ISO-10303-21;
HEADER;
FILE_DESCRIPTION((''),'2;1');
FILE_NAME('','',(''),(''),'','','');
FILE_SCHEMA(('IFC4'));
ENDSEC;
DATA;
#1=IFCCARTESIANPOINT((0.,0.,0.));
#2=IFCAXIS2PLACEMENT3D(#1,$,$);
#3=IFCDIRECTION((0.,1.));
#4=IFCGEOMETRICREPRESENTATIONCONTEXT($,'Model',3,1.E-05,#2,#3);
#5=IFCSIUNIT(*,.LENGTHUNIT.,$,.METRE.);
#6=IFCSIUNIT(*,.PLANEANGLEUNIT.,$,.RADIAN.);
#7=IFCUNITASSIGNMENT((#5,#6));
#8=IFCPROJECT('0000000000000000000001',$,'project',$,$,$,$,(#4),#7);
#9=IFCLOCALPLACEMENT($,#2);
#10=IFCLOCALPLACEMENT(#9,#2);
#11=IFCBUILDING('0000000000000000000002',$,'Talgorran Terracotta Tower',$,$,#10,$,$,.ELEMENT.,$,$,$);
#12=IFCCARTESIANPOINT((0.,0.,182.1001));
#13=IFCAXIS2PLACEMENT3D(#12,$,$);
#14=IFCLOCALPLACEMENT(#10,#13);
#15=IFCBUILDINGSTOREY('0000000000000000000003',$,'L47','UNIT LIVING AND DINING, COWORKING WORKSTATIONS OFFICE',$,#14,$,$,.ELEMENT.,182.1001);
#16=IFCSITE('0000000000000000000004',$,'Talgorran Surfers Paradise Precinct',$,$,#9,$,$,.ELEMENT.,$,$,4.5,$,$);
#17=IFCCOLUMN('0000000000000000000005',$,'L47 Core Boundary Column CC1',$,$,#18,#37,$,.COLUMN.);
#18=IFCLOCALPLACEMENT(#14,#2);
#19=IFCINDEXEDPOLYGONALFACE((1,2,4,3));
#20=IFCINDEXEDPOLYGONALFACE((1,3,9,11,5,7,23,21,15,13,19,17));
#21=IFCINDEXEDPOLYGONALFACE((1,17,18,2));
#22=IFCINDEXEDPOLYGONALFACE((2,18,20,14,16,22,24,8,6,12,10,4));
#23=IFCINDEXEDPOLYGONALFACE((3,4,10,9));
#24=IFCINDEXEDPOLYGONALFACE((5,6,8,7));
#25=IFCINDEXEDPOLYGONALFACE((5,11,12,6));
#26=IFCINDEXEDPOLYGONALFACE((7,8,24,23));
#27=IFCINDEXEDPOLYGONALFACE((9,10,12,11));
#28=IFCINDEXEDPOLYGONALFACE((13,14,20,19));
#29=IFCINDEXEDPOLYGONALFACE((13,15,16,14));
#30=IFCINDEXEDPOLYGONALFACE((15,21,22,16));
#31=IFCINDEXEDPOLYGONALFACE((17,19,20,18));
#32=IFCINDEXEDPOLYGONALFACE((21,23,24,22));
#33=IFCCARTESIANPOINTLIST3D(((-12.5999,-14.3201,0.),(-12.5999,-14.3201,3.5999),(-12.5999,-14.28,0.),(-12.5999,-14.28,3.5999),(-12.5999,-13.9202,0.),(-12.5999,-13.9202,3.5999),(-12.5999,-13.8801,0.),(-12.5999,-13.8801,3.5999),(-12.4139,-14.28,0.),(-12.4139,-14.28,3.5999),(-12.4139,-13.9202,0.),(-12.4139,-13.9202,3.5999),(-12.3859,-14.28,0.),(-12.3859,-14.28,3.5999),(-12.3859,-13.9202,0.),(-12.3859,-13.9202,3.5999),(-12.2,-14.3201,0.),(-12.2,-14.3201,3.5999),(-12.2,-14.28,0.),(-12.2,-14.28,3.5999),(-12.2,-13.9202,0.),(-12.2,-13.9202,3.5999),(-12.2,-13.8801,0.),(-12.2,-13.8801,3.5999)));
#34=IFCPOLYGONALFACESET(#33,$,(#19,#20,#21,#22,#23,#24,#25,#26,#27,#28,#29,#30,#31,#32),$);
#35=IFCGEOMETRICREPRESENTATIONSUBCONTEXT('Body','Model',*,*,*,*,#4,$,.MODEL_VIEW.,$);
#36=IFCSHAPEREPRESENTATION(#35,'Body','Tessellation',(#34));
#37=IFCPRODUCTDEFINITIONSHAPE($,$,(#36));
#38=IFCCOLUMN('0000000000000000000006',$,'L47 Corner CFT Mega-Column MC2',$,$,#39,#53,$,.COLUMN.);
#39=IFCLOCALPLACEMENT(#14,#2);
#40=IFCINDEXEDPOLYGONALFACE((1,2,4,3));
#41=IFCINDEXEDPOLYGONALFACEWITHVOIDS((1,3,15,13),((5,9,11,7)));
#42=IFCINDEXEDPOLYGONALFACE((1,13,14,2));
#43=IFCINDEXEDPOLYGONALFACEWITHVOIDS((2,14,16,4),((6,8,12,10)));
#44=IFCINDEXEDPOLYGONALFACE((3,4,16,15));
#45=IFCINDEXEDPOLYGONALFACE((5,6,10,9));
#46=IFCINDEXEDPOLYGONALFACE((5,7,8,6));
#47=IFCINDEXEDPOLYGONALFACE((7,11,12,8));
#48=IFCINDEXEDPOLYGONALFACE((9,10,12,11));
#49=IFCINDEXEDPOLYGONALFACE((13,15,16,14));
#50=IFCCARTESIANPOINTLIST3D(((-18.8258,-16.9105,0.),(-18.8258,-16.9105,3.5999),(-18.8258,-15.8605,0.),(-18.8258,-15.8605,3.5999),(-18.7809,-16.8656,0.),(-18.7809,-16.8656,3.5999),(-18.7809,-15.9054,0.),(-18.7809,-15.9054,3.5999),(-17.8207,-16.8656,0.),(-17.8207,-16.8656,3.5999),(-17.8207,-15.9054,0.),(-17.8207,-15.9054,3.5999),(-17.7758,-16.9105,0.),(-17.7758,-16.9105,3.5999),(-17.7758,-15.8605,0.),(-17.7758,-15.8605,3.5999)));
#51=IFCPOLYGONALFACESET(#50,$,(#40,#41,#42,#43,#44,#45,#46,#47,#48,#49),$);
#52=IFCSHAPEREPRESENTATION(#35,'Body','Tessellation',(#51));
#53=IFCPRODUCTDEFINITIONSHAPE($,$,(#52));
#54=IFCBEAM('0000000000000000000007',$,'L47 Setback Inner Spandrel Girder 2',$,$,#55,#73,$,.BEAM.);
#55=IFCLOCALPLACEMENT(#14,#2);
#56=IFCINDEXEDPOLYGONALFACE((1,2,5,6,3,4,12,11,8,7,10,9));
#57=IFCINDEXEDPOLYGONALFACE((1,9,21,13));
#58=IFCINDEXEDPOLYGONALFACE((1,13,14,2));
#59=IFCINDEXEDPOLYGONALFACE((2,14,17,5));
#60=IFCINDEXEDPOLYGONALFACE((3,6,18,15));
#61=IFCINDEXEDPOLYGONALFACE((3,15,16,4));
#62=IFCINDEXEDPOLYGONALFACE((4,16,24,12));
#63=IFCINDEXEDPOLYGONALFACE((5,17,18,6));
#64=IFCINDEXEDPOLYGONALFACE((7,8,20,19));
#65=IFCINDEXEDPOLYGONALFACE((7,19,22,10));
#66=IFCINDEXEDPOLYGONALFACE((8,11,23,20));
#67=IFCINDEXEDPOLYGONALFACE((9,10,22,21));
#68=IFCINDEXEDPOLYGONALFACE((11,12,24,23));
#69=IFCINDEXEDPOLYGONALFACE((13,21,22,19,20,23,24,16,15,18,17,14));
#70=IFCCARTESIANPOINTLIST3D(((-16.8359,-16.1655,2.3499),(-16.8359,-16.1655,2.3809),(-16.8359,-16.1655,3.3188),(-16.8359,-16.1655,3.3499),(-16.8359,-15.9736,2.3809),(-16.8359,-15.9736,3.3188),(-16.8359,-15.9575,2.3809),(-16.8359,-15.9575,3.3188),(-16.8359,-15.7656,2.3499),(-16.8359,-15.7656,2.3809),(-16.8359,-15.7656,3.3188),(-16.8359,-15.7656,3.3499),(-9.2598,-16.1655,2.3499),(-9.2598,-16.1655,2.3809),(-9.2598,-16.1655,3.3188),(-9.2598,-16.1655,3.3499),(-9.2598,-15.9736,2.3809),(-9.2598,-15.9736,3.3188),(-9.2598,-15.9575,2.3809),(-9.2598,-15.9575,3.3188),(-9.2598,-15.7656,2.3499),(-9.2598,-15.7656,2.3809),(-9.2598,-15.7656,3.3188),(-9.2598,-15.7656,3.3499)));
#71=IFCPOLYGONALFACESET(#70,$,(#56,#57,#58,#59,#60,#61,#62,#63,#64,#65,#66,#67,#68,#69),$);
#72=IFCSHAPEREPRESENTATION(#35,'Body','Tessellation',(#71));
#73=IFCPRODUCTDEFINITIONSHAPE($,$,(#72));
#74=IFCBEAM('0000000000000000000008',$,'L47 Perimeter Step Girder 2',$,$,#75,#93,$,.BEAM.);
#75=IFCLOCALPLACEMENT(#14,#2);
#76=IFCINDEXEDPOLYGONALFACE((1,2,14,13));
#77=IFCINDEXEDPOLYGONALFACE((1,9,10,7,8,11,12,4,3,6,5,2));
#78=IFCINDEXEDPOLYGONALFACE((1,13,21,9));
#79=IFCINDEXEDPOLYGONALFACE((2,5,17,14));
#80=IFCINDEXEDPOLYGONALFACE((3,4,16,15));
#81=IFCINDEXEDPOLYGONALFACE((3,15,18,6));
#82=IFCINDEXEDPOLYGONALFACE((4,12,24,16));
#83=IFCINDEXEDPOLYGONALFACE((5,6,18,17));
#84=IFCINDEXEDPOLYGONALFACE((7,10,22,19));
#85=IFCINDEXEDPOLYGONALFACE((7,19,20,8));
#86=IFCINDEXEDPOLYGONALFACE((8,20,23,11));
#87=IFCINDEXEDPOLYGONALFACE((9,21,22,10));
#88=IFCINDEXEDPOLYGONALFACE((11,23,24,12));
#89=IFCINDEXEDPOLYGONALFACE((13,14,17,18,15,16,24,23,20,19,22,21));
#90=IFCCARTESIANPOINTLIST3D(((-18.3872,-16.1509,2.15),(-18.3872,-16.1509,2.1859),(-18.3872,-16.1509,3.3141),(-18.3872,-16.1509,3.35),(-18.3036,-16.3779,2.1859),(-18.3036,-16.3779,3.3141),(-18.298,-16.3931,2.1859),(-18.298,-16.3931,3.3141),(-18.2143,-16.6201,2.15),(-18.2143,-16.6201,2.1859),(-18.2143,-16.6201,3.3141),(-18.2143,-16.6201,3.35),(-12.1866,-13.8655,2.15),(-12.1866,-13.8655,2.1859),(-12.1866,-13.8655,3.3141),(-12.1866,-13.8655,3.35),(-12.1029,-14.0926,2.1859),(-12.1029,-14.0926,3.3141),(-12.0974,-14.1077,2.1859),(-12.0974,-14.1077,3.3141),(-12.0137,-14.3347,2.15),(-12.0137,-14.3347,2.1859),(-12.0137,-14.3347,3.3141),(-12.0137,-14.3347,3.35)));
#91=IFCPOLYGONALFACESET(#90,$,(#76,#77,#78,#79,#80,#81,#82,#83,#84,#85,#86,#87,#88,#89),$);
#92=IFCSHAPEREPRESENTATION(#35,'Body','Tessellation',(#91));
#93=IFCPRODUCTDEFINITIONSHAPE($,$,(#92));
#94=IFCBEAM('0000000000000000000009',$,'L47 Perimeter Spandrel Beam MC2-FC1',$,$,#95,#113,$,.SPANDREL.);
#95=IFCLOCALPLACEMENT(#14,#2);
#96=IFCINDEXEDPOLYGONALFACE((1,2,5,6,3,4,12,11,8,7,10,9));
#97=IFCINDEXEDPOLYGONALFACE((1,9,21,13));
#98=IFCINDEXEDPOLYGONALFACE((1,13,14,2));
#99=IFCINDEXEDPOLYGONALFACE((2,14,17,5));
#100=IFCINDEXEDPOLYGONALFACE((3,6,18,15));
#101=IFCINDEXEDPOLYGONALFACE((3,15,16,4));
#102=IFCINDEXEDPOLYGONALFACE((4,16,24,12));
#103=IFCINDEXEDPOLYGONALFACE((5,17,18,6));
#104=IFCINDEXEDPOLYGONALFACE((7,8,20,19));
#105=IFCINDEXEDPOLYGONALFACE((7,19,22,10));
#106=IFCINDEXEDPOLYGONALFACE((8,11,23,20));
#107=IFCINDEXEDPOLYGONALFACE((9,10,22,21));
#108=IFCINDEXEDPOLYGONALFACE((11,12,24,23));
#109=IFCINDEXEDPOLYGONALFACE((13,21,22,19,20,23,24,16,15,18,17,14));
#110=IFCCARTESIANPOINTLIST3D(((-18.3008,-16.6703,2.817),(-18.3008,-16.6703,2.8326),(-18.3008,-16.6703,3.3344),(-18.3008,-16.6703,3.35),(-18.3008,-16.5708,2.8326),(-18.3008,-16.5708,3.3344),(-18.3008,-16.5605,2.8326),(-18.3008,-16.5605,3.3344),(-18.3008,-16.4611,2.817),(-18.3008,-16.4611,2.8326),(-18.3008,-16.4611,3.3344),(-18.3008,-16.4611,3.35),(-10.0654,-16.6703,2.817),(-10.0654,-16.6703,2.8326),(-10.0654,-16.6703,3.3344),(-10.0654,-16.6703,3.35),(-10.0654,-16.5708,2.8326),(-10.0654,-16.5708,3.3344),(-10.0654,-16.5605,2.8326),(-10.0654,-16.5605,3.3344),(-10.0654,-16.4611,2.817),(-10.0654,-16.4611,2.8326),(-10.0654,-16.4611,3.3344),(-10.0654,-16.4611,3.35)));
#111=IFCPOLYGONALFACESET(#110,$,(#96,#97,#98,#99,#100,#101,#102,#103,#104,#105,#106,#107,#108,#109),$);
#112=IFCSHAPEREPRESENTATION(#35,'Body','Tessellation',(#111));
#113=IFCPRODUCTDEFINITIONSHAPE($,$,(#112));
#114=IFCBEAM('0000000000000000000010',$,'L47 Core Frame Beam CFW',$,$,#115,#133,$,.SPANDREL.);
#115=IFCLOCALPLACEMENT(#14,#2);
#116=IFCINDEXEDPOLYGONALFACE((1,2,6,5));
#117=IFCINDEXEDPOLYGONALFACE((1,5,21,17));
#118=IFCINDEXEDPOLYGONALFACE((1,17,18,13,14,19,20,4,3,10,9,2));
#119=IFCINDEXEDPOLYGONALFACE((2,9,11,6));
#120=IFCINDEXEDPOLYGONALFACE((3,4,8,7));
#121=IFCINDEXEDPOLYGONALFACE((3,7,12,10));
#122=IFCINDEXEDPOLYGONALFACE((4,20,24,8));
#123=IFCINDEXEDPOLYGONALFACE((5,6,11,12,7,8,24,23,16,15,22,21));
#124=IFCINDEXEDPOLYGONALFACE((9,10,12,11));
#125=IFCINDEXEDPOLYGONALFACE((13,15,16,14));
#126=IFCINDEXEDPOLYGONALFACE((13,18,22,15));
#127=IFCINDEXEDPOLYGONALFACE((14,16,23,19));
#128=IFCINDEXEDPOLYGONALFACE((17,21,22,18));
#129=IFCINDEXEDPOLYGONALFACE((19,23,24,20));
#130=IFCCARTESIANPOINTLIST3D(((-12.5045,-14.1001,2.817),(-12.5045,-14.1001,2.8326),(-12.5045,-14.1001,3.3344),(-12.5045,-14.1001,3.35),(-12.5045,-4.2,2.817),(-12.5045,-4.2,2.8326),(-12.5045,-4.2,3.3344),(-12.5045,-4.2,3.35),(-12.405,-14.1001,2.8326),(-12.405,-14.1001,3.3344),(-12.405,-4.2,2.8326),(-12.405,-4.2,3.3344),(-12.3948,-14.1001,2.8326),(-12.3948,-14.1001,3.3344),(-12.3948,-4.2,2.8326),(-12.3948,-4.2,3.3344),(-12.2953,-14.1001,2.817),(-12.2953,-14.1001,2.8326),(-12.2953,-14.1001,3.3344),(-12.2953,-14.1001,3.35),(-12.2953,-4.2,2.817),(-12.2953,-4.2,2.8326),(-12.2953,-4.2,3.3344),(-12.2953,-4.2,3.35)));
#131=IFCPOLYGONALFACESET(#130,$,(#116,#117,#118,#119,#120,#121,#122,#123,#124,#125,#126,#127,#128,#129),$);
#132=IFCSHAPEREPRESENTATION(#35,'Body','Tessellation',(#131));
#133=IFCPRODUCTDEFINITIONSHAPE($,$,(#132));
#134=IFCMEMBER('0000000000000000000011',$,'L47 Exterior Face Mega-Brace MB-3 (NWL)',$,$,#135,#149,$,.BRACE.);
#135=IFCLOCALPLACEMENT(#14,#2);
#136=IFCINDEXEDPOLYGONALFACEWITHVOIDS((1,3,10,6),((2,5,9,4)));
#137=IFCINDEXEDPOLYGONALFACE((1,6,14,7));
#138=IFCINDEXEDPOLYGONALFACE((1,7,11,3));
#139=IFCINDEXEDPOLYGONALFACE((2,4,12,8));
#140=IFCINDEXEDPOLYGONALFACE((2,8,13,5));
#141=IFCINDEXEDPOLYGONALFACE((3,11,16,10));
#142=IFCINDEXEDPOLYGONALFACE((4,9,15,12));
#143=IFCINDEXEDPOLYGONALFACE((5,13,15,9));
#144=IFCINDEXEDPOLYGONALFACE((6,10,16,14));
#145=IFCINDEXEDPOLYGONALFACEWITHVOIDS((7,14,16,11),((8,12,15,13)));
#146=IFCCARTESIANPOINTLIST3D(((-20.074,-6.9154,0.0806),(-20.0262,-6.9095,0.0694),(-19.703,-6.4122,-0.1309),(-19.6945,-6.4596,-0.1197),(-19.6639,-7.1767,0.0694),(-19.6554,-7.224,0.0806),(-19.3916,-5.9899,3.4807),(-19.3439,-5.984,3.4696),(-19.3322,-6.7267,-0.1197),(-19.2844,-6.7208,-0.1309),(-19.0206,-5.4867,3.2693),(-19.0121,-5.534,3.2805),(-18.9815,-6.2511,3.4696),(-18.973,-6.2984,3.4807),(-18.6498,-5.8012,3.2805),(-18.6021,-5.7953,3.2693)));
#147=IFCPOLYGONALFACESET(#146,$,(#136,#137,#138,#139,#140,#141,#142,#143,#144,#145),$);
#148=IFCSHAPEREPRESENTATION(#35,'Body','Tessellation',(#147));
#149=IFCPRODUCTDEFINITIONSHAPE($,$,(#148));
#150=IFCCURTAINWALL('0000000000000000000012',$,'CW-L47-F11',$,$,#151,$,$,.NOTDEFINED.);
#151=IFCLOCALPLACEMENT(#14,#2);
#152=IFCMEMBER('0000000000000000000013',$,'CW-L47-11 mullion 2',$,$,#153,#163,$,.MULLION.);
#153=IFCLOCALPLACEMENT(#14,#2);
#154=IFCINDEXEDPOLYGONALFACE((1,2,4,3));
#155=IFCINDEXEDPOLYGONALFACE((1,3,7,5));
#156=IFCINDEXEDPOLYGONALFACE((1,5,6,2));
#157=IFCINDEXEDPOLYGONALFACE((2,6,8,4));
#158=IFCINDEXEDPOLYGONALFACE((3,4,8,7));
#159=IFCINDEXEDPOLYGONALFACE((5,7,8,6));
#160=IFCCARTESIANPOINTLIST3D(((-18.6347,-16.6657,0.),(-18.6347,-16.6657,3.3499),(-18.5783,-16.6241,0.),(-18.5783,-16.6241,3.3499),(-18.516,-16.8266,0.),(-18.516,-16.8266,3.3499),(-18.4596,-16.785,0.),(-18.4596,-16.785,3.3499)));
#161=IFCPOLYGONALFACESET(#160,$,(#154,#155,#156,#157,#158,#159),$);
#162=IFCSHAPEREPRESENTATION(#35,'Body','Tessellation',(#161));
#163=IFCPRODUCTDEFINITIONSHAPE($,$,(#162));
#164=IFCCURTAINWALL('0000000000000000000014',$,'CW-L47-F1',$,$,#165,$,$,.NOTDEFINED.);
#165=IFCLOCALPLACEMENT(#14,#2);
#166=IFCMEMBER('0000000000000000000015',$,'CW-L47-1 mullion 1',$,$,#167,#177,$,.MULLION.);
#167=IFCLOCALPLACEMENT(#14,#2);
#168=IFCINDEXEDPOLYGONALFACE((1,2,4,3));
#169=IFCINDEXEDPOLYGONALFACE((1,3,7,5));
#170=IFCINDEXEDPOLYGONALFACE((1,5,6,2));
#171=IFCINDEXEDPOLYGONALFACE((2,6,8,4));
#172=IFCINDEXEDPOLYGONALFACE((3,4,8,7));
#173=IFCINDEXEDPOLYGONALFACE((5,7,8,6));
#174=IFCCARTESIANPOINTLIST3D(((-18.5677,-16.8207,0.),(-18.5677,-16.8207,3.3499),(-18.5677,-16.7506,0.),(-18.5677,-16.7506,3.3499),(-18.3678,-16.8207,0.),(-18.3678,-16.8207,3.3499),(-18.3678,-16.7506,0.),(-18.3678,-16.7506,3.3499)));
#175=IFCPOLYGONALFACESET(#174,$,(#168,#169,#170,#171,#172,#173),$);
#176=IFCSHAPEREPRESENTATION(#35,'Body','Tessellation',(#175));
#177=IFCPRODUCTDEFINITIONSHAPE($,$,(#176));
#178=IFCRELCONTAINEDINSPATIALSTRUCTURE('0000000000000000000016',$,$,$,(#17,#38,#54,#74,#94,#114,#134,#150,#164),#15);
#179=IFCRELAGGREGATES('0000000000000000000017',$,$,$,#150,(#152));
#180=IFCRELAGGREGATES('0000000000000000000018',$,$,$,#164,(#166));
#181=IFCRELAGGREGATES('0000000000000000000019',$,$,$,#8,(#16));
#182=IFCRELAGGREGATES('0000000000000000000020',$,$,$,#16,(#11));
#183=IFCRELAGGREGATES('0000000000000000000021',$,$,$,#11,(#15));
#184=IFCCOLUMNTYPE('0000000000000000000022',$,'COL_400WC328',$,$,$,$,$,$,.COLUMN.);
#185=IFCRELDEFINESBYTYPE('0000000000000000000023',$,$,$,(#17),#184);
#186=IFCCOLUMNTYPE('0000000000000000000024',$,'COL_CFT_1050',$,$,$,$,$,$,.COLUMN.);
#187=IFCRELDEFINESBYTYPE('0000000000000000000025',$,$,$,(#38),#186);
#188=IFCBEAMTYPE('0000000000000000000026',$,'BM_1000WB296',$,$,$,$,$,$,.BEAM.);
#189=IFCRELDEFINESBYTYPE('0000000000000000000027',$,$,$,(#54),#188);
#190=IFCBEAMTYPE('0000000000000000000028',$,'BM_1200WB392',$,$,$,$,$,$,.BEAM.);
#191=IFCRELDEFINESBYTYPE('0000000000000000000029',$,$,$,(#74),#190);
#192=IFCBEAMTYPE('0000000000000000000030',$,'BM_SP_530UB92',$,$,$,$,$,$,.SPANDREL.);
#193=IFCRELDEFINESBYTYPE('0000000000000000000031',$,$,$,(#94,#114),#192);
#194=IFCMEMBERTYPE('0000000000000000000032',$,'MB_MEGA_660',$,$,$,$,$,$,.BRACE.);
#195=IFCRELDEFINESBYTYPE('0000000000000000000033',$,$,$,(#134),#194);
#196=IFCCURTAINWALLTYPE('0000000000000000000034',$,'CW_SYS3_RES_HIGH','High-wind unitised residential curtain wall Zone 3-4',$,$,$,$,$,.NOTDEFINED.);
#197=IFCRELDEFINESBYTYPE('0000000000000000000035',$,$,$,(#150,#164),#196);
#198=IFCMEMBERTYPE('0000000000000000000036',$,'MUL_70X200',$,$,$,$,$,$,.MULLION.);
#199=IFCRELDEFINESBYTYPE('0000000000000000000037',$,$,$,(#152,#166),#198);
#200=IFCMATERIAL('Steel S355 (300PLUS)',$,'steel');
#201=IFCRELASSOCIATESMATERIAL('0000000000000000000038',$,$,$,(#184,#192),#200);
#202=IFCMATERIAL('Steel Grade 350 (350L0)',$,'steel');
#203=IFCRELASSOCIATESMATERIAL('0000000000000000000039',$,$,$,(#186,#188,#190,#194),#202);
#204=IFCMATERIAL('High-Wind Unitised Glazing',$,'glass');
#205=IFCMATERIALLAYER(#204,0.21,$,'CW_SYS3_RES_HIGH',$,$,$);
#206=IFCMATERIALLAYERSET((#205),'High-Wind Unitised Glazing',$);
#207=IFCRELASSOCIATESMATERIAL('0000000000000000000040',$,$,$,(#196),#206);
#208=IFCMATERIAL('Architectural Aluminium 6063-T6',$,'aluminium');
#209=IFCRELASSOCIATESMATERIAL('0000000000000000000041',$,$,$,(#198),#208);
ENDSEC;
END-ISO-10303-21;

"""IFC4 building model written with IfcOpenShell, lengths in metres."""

from ifc_helpers import new_model, si_unit, direction, frame, origin, origin_2d, place, context, subcontext, project, spatial, rectangle, hollow_rectangle, i_section, extrude, material, layer, layer_set, material_profile, profile_set, type_object, element, aggregate, save


model = new_model("IFC4")

# Units and contexts
model_context = context("Model", 3, precision=1e-05, world=origin(), true_north=direction((0.0, 1.0)))
body_context = subcontext(model_context, "Body", "Model", "MODEL_VIEW")
ifc_project = project(units=[si_unit("LENGTHUNIT", "METRE"), si_unit("PLANEANGLEUNIT", "RADIAN")], contexts=[model_context])

# Site, building, storey
site_placement = place(None, origin())
site = spatial("IfcSite", under=ifc_project, at=site_placement, Name="Talgorran Surfers Paradise Precinct", CompositionType="ELEMENT", RefElevation=4.5)
building_placement = place(site_placement, origin())
building = spatial("IfcBuilding", under=site, at=building_placement, Name="Talgorran Terracotta Tower", CompositionType="ELEMENT")
storey_placement = place(building_placement, frame((0.0, 0.0, 182.1001)))
storey = spatial("IfcBuildingStorey", under=building, at=storey_placement, Name="L47", Description="UNIT LIVING AND DINING, COWORKING WORKSTATIONS OFFICE", CompositionType="ELEMENT", Elevation=182.1001)

# Columns
ifc_material_1 = material(Name="Steel S355 (300PLUS)", Category="steel")
ifc_material_profile_1 = material_profile(ifc_material_1, i_section(OverallWidth=0.3999, OverallDepth=0.4399, WebThickness=0.0281, FlangeThickness=0.04, at=origin_2d()), Name="400WC328")
ifc_profile_set_1 = profile_set([ifc_material_profile_1], Name="Steel S355 (300PLUS)")
column_type_1 = type_object("IfcColumnType", Name="COL_400WC328", PredefinedType="COLUMN", material=ifc_profile_set_1)
column_1_placement = place(storey_placement, frame((-12.3999, -14.1001, 0.0), z_axis=(0.0, 0.0, 1.0), x_axis=(1.0, 0.0, 0.0)))
element("IfcColumn", 1, at=column_1_placement, inside=storey, type_object=column_type_1, Name="L47 Core Boundary Column CC1", PredefinedType="COLUMN", context=body_context, shape_type="SweptSolid", body=[
    extrude(i_section(OverallWidth=0.3999, OverallDepth=0.4399, WebThickness=0.0281, FlangeThickness=0.04, at=origin_2d()), origin(), (0.0, 0.0, 1.0), 3.5999),
])
ifc_material_2 = material(Name="Steel Grade 350 (350L0)", Category="steel")
ifc_material_profile_2 = material_profile(ifc_material_2, hollow_rectangle(XDim=1.05, YDim=1.05, WallThickness=0.0449, at=origin_2d()), Name="CFT1050X1050X45")
ifc_profile_set_2 = profile_set([ifc_material_profile_2], Name="Steel Grade 350 (350L0)")
column_type_2 = type_object("IfcColumnType", Name="COL_CFT_1050", PredefinedType="COLUMN", material=ifc_profile_set_2)
column_2_placement = place(storey_placement, frame((-18.3008, -16.3855, 0.0), z_axis=(0.0, 0.0, 1.0), x_axis=(1.0, 0.0, 0.0)))
element("IfcColumn", 2, at=column_2_placement, inside=storey, type_object=column_type_2, Name="L47 Corner CFT Mega-Column MC2", PredefinedType="COLUMN", context=body_context, shape_type="SweptSolid", body=[
    extrude(hollow_rectangle(XDim=1.05, YDim=1.05, WallThickness=0.0449, at=origin_2d()), origin(), (0.0, 0.0, 1.0), 3.5999),
])

# Beams
ifc_material_profile_3 = material_profile(ifc_material_2, i_section(OverallWidth=0.3999, OverallDepth=1.0, WebThickness=0.0161, FlangeThickness=0.031, at=origin_2d()), Name="1000WB296")
ifc_profile_set_3 = profile_set([ifc_material_profile_3], Name="Steel Grade 350 (350L0)")
beam_type_1 = type_object("IfcBeamType", Name="BM_1000WB296", PredefinedType="BEAM", material=ifc_profile_set_3)
beam_1_placement = place(storey_placement, frame((-16.8359, -15.9656, 2.8499), z_axis=(1.0, 0.0, 0.0), x_axis=(0.0, 1.0, 0.0)))
element("IfcBeam", 3, at=beam_1_placement, inside=storey, type_object=beam_type_1, Name="L47 Setback Inner Spandrel Girder 2", PredefinedType="BEAM", context=body_context, shape_type="SweptSolid", body=[
    extrude(i_section(OverallWidth=0.3999, OverallDepth=1.0, WebThickness=0.0161, FlangeThickness=0.031, at=origin_2d()), origin(), (0.0, 0.0, 1.0), 7.5762),
])
ifc_material_profile_4 = material_profile(ifc_material_2, i_section(OverallWidth=0.5, OverallDepth=1.2, WebThickness=0.0161, FlangeThickness=0.0359, at=origin_2d()), Name="1200WB392")
ifc_profile_set_4 = profile_set([ifc_material_profile_4], Name="Steel Grade 350 (350L0)")
beam_type_2 = type_object("IfcBeamType", Name="BM_1200WB392", PredefinedType="BEAM", material=ifc_profile_set_4)
beam_2_placement = place(storey_placement, frame((-18.3008, -16.3855, 2.75), z_axis=(0.938297, 0.34583, 0.0), x_axis=(-0.34583, 0.938297, 0.0)))
element("IfcBeam", 4, at=beam_2_placement, inside=storey, type_object=beam_type_2, Name="L47 Perimeter Step Girder 2", PredefinedType="BEAM", context=body_context, shape_type="SweptSolid", body=[
    extrude(i_section(OverallWidth=0.5, OverallDepth=1.2, WebThickness=0.0161, FlangeThickness=0.0359, at=origin_2d()), origin(), (0.0, 0.0, 1.0), 6.6084),
])
ifc_material_profile_5 = material_profile(ifc_material_1, i_section(OverallWidth=0.2092, OverallDepth=0.533, WebThickness=0.0103, FlangeThickness=0.0156, at=origin_2d()), Name="530UB92.4")
ifc_profile_set_5 = profile_set([ifc_material_profile_5], Name="Steel S355 (300PLUS)")
beam_type_3 = type_object("IfcBeamType", Name="BM_SP_530UB92", PredefinedType="SPANDREL", material=ifc_profile_set_5)
beam_3_placement = place(storey_placement, frame((-18.3008, -16.5657, 3.0835), z_axis=(1.0, 0.0, 0.0), x_axis=(0.0, 1.0, 0.0)))
element("IfcBeam", 5, at=beam_3_placement, inside=storey, type_object=beam_type_3, Name="L47 Perimeter Spandrel Beam MC2-FC1", PredefinedType="SPANDREL", context=body_context, shape_type="SweptSolid", body=[
    extrude(i_section(OverallWidth=0.2092, OverallDepth=0.533, WebThickness=0.0103, FlangeThickness=0.0156, at=origin_2d()), origin(), (0.0, 0.0, 1.0), 8.2354),
])
beam_4_placement = place(storey_placement, frame((-12.3999, -14.1001, 3.0835), z_axis=(0.0, 1.0, 0.0), x_axis=(-1.0, 0.0, 0.0)))
element("IfcBeam", 6, at=beam_4_placement, inside=storey, type_object=beam_type_3, Name="L47 Core Frame Beam CFW", PredefinedType="SPANDREL", context=body_context, shape_type="SweptSolid", body=[
    extrude(i_section(OverallWidth=0.2092, OverallDepth=0.533, WebThickness=0.0103, FlangeThickness=0.0156, at=origin_2d()), origin(), (0.0, 0.0, 1.0), 9.9001),
])

# Member
ifc_material_profile_6 = material_profile(ifc_material_2, hollow_rectangle(XDim=0.52, YDim=0.6599, WallThickness=0.0349, at=origin_2d()), Name="WBOX660X520X35")
ifc_profile_set_6 = profile_set([ifc_material_profile_6], Name="Steel Grade 350 (350L0)")
member_type_1 = type_object("IfcMemberType", Name="MB_MEGA_660", PredefinedType="BRACE", material=ifc_profile_set_6)
member_1_placement = place(storey_placement, frame((-19.6792, -6.8181, -0.0251), z_axis=(0.190112, 0.257858, 0.947294), x_axis=(-0.80489, 0.593424, 0.0)))
element("IfcMember", 7, at=member_1_placement, inside=storey, type_object=member_type_1, Name="L47 Exterior Face Mega-Brace MB-3 (NWL)", PredefinedType="BRACE", context=body_context, shape_type="SweptSolid", body=[
    extrude(hollow_rectangle(XDim=0.52, YDim=0.6599, WallThickness=0.0349, at=origin_2d()), origin(), (0.0, 0.0, 1.0), 3.5894),
])

# Curtain wall, member
ifc_material_3 = material(Name="High-Wind Unitised Glazing", Category="glass")
ifc_layer_1 = layer(ifc_material_3, 0.21, Name="CW_SYS3_RES_HIGH")
ifc_layer_set_1 = layer_set([ifc_layer_1], Name="High-Wind Unitised Glazing")
curtain_wall_type = type_object("IfcCurtainWallType", Name="CW_SYS3_RES_HIGH", Description="High-wind unitised residential curtain wall Zone 3-4", PredefinedType="NOTDEFINED", material=ifc_layer_set_1)
curtain_wall_1_placement = place(storey_placement, origin())
curtain_wall_1 = element("IfcCurtainWall", 8, at=curtain_wall_1_placement, inside=storey, type_object=curtain_wall_type, Name="CW-L47-F11", PredefinedType="NOTDEFINED")
ifc_material_4 = material(Name="Architectural Aluminium 6063-T6", Category="aluminium")
ifc_material_profile_7 = material_profile(ifc_material_4, rectangle(XDim=0.0701, YDim=0.2, at=origin_2d()), Name="CWM70X200")
ifc_profile_set_7 = profile_set([ifc_material_profile_7], Name="Architectural Aluminium 6063-T6")
member_type_2 = type_object("IfcMemberType", Name="MUL_70X200", PredefinedType="MULLION", material=ifc_profile_set_7)
member_2_placement = place(storey_placement, frame((-18.5471, -16.7253, 0.0), z_axis=(0.0, 0.0, 1.0), x_axis=(0.804833, 0.593501, 0.0)))
member_2 = element("IfcMember", 9, at=member_2_placement, type_object=member_type_2, Name="CW-L47-11 mullion 2", PredefinedType="MULLION", context=body_context, shape_type="SweptSolid", body=[
    extrude(rectangle(XDim=0.0701, YDim=0.2, at=origin_2d()), origin(), (0.0, 0.0, 1.0), 3.3499),
])

# Curtain wall, member
curtain_wall_2_placement = place(storey_placement, origin())
curtain_wall_2 = element("IfcCurtainWall", 10, at=curtain_wall_2_placement, inside=storey, type_object=curtain_wall_type, Name="CW-L47-F1", PredefinedType="NOTDEFINED")
member_3_placement = place(storey_placement, frame((-18.4678, -16.7856, 0.0), z_axis=(0.0, 0.0, 1.0), x_axis=(0.0, 1.0, 0.0)))
member_3 = element("IfcMember", 11, at=member_3_placement, type_object=member_type_2, Name="CW-L47-1 mullion 1", PredefinedType="MULLION", context=body_context, shape_type="SweptSolid", body=[
    extrude(rectangle(XDim=0.0701, YDim=0.2, at=origin_2d()), origin(), (0.0, 0.0, 1.0), 3.3499),
])

aggregate(curtain_wall_1, [member_2])
aggregate(curtain_wall_2, [member_3])

save(model, "model.ifc")
